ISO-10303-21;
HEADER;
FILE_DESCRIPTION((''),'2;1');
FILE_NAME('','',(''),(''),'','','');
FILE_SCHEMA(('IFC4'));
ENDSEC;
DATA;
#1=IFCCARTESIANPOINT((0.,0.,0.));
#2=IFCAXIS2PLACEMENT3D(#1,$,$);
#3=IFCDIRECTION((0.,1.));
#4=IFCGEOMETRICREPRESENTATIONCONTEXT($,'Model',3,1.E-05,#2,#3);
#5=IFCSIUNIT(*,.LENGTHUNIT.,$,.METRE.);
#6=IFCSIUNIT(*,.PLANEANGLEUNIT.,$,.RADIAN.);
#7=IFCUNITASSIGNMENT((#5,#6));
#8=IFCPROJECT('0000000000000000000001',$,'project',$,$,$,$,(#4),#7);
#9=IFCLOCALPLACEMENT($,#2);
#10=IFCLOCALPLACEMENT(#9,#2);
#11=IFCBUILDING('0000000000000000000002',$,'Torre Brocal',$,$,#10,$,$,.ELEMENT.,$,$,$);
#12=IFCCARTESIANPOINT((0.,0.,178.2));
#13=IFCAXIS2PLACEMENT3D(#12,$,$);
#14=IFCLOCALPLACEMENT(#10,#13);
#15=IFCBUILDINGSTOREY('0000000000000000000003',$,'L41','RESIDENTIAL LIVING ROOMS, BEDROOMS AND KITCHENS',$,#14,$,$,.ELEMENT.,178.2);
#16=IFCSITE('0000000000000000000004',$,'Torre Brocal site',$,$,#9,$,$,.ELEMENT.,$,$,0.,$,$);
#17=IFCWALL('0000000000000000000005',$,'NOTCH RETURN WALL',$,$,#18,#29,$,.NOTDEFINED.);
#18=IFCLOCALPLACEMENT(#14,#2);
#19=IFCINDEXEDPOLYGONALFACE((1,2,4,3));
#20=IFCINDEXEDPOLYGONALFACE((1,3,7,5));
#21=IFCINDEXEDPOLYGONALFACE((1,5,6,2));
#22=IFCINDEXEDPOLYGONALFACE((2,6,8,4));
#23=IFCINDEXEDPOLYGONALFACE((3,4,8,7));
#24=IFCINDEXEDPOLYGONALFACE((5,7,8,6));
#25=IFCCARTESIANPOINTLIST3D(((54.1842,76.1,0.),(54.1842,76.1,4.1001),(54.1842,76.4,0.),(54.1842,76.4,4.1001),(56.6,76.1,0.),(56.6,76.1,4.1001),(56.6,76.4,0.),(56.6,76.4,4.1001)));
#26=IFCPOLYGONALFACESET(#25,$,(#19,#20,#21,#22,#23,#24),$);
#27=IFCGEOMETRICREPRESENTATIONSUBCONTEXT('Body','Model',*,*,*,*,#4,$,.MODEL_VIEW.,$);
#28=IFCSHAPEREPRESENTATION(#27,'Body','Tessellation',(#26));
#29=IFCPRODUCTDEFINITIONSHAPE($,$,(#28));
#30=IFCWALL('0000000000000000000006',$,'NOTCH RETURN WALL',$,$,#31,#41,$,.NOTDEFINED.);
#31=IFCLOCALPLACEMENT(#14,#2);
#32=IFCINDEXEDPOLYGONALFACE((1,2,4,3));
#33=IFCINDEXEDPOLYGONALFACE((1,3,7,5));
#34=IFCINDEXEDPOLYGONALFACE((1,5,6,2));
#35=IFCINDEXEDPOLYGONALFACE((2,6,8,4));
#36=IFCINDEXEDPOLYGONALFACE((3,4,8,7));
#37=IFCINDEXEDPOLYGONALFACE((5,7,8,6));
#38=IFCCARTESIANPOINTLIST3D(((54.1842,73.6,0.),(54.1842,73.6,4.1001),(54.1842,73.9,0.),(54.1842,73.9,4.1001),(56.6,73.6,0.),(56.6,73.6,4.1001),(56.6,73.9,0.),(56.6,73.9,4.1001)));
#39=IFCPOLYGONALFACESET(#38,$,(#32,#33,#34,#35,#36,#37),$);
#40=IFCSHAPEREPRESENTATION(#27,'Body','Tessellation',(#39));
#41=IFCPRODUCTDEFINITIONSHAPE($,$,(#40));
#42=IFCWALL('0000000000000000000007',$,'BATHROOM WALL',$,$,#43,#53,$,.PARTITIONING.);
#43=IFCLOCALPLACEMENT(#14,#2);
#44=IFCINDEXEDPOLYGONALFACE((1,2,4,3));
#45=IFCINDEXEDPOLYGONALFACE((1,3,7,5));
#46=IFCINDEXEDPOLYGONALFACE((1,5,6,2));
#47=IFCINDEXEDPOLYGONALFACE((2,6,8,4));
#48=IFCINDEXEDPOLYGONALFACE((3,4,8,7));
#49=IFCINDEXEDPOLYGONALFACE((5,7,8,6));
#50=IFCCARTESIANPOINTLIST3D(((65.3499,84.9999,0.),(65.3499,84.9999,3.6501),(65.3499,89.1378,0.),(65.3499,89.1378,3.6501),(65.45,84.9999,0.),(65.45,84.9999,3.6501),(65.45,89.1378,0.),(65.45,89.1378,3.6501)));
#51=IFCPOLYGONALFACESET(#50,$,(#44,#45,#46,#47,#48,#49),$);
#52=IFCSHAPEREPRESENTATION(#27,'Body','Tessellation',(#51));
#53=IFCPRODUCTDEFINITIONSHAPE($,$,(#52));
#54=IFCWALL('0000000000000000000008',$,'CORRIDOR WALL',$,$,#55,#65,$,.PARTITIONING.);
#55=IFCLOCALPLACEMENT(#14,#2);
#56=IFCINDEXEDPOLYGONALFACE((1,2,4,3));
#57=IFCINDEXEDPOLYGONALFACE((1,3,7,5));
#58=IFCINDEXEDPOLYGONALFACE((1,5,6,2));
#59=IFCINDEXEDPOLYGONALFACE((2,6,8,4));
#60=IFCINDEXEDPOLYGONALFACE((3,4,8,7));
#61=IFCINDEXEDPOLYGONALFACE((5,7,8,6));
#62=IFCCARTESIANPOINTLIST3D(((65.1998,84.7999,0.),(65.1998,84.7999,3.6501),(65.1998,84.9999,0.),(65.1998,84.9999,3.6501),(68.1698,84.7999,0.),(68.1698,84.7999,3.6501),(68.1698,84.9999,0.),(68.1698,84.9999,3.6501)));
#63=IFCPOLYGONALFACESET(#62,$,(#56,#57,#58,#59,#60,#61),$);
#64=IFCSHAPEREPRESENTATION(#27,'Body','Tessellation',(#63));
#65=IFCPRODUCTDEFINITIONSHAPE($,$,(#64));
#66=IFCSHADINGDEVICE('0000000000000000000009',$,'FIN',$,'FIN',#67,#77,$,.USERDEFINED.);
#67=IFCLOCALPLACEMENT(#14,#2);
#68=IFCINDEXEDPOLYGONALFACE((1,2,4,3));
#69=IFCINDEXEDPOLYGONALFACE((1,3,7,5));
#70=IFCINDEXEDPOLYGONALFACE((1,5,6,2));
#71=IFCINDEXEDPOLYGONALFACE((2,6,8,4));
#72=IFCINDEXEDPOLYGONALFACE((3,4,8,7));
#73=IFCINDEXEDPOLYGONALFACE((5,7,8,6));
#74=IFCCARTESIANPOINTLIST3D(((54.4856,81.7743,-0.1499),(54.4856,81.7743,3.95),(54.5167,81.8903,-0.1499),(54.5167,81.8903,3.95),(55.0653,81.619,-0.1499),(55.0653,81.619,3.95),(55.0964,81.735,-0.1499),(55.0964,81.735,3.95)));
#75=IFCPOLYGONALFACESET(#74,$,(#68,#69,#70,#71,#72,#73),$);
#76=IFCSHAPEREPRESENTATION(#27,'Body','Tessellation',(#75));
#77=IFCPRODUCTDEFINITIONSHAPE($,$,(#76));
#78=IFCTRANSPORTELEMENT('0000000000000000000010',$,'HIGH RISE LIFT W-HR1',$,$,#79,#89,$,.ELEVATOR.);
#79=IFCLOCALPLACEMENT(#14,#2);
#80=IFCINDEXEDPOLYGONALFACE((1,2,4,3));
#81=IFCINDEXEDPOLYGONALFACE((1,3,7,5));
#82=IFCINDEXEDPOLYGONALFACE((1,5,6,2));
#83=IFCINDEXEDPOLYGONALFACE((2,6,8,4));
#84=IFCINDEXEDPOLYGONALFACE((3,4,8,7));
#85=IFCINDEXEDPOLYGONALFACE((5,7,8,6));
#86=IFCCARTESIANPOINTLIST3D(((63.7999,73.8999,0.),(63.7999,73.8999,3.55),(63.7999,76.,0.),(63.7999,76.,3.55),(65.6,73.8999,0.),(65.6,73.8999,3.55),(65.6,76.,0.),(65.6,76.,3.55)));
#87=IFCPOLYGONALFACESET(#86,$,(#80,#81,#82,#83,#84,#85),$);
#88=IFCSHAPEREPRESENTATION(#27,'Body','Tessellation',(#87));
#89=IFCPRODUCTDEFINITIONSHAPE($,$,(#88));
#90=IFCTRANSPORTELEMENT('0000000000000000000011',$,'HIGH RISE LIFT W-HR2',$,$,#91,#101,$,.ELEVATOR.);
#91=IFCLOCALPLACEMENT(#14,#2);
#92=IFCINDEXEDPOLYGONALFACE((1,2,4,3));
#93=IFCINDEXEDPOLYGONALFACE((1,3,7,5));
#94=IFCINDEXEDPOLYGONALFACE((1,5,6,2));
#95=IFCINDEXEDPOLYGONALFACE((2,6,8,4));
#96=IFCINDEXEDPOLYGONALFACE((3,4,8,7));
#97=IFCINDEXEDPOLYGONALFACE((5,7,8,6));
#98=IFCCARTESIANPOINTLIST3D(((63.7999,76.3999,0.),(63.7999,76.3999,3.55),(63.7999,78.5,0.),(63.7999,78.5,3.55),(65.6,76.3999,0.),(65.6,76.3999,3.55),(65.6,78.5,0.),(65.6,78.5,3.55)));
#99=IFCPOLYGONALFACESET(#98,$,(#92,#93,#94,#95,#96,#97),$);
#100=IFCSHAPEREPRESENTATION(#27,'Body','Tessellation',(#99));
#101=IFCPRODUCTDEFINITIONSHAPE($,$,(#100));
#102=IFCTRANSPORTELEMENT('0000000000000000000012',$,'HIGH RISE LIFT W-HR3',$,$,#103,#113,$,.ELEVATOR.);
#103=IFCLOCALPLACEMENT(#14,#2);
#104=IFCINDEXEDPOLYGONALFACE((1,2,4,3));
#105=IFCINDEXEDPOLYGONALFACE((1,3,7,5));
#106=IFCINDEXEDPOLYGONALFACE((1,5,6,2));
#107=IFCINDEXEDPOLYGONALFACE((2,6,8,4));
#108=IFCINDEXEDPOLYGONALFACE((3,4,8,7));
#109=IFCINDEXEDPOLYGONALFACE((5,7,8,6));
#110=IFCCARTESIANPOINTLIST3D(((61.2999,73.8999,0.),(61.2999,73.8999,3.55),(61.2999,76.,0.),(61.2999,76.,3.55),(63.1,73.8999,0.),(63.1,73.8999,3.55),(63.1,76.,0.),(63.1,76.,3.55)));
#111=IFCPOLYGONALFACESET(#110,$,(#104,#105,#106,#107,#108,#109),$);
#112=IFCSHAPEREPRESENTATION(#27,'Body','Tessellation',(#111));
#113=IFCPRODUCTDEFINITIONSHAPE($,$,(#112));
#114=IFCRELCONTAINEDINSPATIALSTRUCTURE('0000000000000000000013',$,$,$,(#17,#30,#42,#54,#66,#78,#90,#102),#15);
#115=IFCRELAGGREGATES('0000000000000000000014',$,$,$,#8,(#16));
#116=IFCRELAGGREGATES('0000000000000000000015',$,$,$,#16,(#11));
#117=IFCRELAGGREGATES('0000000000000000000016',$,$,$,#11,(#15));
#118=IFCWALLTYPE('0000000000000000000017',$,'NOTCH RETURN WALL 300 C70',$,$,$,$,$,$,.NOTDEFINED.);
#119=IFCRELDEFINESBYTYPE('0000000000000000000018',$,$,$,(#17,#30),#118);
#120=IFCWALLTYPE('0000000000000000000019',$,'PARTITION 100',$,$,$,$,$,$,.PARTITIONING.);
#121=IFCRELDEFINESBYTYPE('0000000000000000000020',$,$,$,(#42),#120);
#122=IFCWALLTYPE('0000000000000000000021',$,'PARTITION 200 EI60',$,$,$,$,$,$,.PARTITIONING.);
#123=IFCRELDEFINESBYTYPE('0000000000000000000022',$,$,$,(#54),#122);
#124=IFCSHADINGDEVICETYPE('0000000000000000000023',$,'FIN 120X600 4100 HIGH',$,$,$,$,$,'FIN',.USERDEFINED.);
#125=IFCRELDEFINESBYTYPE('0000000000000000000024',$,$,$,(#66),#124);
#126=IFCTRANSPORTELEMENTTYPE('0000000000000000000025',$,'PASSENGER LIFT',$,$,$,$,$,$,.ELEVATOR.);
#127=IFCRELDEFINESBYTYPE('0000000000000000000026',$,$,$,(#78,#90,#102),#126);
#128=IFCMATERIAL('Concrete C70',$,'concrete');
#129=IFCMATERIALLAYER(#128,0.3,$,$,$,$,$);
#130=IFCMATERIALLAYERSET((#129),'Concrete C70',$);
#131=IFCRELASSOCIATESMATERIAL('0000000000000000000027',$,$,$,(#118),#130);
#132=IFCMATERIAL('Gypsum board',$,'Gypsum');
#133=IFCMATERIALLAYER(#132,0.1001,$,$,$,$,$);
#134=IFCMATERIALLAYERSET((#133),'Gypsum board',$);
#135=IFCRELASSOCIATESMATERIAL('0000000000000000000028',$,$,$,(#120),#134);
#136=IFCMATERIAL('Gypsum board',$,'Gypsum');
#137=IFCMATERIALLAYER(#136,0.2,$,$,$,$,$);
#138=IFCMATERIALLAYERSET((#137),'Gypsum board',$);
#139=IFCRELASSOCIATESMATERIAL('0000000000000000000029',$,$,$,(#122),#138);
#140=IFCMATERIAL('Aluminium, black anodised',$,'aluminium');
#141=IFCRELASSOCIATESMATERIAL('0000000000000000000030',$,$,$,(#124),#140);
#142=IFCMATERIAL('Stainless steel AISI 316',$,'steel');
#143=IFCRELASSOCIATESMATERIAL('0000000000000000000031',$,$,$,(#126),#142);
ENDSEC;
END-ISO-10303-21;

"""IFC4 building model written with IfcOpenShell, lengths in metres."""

from ifc_helpers import new_model, si_unit, direction, frame, frame_2d, origin, origin_2d, place, context, subcontext, project, spatial, rectangle, extrude, material, layer, layer_set, material_profile, profile_set, type_object, element, save


model = new_model("IFC4")

# Units and contexts
model_context = context("Model", 3, precision=1e-05, world=origin(), true_north=direction((0.0, 1.0)))
body_context = subcontext(model_context, "Body", "Model", "MODEL_VIEW")
ifc_project = project(units=[si_unit("LENGTHUNIT", "METRE"), si_unit("PLANEANGLEUNIT", "RADIAN")], contexts=[model_context])

# Site, building, storey
site_placement = place(None, origin())
site = spatial("IfcSite", under=ifc_project, at=site_placement, Name="Torre Brocal site", CompositionType="ELEMENT", RefElevation=0.0)
building_placement = place(site_placement, origin())
building = spatial("IfcBuilding", under=site, at=building_placement, Name="Torre Brocal", CompositionType="ELEMENT")
storey_placement = place(building_placement, frame((0.0, 0.0, 178.2)))
storey = spatial("IfcBuildingStorey", under=building, at=storey_placement, Name="L41", Description="RESIDENTIAL LIVING ROOMS, BEDROOMS AND KITCHENS", CompositionType="ELEMENT", Elevation=178.2)

# Walls
ifc_material_1 = material(Name="Concrete C70", Category="concrete")
ifc_layer_1 = layer(ifc_material_1, 0.3)
ifc_layer_set_1 = layer_set([ifc_layer_1], Name="Concrete C70")
wall_type_1 = type_object("IfcWallType", Name="NOTCH RETURN WALL 300 C70", PredefinedType="NOTDEFINED", material=ifc_layer_set_1)
for number, where, z_axis, x_axis, name in (
    (1, (56.6001, 76.25, 0.0), (0.0, 0.0, 1.0), (-1.0, 0.0, 0.0), "NOTCH RETURN WALL"),
    (2, (56.6001, 73.75, 0.0), (0.0, 0.0, 1.0), (-1.0, 0.0, 0.0), "NOTCH RETURN WALL"),
):
    element("IfcWall", number, at=place(storey_placement, frame(where, z_axis=z_axis, x_axis=x_axis)), inside=storey, type_object=wall_type_1, Name=name, PredefinedType="NOTDEFINED", context=body_context, shape_type="SweptSolid", body=[
        extrude(rectangle(XDim=2.4158, YDim=0.3, at=frame_2d((1.208, 0.0))), origin(), (0.0, 0.0, 1.0), 4.1001),
    ])
ifc_material_2 = material(Name="Gypsum board", Category="Gypsum")
ifc_layer_2 = layer(ifc_material_2, 0.1001)
ifc_layer_set_2 = layer_set([ifc_layer_2], Name="Gypsum board")
wall_type_2 = type_object("IfcWallType", Name="PARTITION 100", PredefinedType="PARTITIONING", material=ifc_layer_set_2)
wall_1_placement = place(storey_placement, frame((65.3999, 85.0, 0.0), z_axis=(0.0, 0.0, 1.0), x_axis=(0.0, 1.0, 0.0)))
element("IfcWall", 3, at=wall_1_placement, inside=storey, type_object=wall_type_2, Name="BATHROOM WALL", PredefinedType="PARTITIONING", context=body_context, shape_type="SweptSolid", body=[
    extrude(rectangle(XDim=4.1379, YDim=0.1001, at=frame_2d((2.0688, 0.0))), origin(), (0.0, 0.0, 1.0), 3.6501),
])
ifc_material_3 = material(Name="Gypsum board", Category="Gypsum")
ifc_layer_3 = layer(ifc_material_3, 0.2)
ifc_layer_set_3 = layer_set([ifc_layer_3], Name="Gypsum board")
wall_type_3 = type_object("IfcWallType", Name="PARTITION 200 EI60", PredefinedType="PARTITIONING", material=ifc_layer_set_3)
wall_2_placement = place(storey_placement, frame((65.2, 84.8999, 0.0), z_axis=(0.0, 0.0, 1.0), x_axis=(1.0, 0.0, 0.0)))
element("IfcWall", 4, at=wall_2_placement, inside=storey, type_object=wall_type_3, Name="CORRIDOR WALL", PredefinedType="PARTITIONING", context=body_context, shape_type="SweptSolid", body=[
    extrude(rectangle(XDim=2.97, YDim=0.2, at=frame_2d((1.4849, 0.0))), origin(), (0.0, 0.0, 1.0), 3.6501),
])

# Shading device
ifc_material_4 = material(Name="Aluminium, black anodised", Category="aluminium")
ifc_material_profile_1 = material_profile(ifc_material_4, rectangle(XDim=0.1201, YDim=0.6001, at=origin_2d()), Name="FIN 120X600 4100 HIGH")
ifc_profile_set_1 = profile_set([ifc_material_profile_1], Name="Aluminium, black anodised")
shading_device_type = type_object("IfcShadingDeviceType", Name="FIN 120X600 4100 HIGH", ElementType="FIN", PredefinedType="USERDEFINED", material=ifc_profile_set_1)
shading_device_placement = place(storey_placement, frame((54.791, 81.7546, -0.1499), z_axis=(0.0, 0.0, 1.0), x_axis=(-0.258819, -0.965926, 0.0)))
element("IfcShadingDevice", 5, at=shading_device_placement, inside=storey, type_object=shading_device_type, Name="FIN", ObjectType="FIN", PredefinedType="USERDEFINED", context=body_context, shape_type="SweptSolid", body=[
    extrude(rectangle(XDim=0.1201, YDim=0.6001, at=origin_2d()), origin(), (0.0, 0.0, 1.0), 4.0999),
])

# Transport elements
ifc_material_5 = material(Name="Stainless steel AISI 316", Category="steel")
transport_element_type = type_object("IfcTransportElementType", Name="PASSENGER LIFT", PredefinedType="ELEVATOR", material=ifc_material_5)
for number, where, z_axis, x_axis, name in (
    (6, (64.7, 74.95, 0.0), (0.0, 0.0, 1.0), (1.0, 0.0, 0.0), "HIGH RISE LIFT W-HR1"),
    (7, (64.7, 77.45, 0.0), (0.0, 0.0, 1.0), (1.0, 0.0, 0.0), "HIGH RISE LIFT W-HR2"),
    (8, (62.2, 74.95, 0.0), (0.0, 0.0, 1.0), (1.0, 0.0, 0.0), "HIGH RISE LIFT W-HR3"),
):
    element("IfcTransportElement", number, at=place(storey_placement, frame(where, z_axis=z_axis, x_axis=x_axis)), inside=storey, type_object=transport_element_type, Name=name, PredefinedType="ELEVATOR", context=body_context, shape_type="SweptSolid", body=[
        extrude(rectangle(XDim=1.8, YDim=2.1001, at=origin_2d()), origin(), (0.0, 0.0, 1.0), 3.55),
    ])

save(model, "model.ifc")
